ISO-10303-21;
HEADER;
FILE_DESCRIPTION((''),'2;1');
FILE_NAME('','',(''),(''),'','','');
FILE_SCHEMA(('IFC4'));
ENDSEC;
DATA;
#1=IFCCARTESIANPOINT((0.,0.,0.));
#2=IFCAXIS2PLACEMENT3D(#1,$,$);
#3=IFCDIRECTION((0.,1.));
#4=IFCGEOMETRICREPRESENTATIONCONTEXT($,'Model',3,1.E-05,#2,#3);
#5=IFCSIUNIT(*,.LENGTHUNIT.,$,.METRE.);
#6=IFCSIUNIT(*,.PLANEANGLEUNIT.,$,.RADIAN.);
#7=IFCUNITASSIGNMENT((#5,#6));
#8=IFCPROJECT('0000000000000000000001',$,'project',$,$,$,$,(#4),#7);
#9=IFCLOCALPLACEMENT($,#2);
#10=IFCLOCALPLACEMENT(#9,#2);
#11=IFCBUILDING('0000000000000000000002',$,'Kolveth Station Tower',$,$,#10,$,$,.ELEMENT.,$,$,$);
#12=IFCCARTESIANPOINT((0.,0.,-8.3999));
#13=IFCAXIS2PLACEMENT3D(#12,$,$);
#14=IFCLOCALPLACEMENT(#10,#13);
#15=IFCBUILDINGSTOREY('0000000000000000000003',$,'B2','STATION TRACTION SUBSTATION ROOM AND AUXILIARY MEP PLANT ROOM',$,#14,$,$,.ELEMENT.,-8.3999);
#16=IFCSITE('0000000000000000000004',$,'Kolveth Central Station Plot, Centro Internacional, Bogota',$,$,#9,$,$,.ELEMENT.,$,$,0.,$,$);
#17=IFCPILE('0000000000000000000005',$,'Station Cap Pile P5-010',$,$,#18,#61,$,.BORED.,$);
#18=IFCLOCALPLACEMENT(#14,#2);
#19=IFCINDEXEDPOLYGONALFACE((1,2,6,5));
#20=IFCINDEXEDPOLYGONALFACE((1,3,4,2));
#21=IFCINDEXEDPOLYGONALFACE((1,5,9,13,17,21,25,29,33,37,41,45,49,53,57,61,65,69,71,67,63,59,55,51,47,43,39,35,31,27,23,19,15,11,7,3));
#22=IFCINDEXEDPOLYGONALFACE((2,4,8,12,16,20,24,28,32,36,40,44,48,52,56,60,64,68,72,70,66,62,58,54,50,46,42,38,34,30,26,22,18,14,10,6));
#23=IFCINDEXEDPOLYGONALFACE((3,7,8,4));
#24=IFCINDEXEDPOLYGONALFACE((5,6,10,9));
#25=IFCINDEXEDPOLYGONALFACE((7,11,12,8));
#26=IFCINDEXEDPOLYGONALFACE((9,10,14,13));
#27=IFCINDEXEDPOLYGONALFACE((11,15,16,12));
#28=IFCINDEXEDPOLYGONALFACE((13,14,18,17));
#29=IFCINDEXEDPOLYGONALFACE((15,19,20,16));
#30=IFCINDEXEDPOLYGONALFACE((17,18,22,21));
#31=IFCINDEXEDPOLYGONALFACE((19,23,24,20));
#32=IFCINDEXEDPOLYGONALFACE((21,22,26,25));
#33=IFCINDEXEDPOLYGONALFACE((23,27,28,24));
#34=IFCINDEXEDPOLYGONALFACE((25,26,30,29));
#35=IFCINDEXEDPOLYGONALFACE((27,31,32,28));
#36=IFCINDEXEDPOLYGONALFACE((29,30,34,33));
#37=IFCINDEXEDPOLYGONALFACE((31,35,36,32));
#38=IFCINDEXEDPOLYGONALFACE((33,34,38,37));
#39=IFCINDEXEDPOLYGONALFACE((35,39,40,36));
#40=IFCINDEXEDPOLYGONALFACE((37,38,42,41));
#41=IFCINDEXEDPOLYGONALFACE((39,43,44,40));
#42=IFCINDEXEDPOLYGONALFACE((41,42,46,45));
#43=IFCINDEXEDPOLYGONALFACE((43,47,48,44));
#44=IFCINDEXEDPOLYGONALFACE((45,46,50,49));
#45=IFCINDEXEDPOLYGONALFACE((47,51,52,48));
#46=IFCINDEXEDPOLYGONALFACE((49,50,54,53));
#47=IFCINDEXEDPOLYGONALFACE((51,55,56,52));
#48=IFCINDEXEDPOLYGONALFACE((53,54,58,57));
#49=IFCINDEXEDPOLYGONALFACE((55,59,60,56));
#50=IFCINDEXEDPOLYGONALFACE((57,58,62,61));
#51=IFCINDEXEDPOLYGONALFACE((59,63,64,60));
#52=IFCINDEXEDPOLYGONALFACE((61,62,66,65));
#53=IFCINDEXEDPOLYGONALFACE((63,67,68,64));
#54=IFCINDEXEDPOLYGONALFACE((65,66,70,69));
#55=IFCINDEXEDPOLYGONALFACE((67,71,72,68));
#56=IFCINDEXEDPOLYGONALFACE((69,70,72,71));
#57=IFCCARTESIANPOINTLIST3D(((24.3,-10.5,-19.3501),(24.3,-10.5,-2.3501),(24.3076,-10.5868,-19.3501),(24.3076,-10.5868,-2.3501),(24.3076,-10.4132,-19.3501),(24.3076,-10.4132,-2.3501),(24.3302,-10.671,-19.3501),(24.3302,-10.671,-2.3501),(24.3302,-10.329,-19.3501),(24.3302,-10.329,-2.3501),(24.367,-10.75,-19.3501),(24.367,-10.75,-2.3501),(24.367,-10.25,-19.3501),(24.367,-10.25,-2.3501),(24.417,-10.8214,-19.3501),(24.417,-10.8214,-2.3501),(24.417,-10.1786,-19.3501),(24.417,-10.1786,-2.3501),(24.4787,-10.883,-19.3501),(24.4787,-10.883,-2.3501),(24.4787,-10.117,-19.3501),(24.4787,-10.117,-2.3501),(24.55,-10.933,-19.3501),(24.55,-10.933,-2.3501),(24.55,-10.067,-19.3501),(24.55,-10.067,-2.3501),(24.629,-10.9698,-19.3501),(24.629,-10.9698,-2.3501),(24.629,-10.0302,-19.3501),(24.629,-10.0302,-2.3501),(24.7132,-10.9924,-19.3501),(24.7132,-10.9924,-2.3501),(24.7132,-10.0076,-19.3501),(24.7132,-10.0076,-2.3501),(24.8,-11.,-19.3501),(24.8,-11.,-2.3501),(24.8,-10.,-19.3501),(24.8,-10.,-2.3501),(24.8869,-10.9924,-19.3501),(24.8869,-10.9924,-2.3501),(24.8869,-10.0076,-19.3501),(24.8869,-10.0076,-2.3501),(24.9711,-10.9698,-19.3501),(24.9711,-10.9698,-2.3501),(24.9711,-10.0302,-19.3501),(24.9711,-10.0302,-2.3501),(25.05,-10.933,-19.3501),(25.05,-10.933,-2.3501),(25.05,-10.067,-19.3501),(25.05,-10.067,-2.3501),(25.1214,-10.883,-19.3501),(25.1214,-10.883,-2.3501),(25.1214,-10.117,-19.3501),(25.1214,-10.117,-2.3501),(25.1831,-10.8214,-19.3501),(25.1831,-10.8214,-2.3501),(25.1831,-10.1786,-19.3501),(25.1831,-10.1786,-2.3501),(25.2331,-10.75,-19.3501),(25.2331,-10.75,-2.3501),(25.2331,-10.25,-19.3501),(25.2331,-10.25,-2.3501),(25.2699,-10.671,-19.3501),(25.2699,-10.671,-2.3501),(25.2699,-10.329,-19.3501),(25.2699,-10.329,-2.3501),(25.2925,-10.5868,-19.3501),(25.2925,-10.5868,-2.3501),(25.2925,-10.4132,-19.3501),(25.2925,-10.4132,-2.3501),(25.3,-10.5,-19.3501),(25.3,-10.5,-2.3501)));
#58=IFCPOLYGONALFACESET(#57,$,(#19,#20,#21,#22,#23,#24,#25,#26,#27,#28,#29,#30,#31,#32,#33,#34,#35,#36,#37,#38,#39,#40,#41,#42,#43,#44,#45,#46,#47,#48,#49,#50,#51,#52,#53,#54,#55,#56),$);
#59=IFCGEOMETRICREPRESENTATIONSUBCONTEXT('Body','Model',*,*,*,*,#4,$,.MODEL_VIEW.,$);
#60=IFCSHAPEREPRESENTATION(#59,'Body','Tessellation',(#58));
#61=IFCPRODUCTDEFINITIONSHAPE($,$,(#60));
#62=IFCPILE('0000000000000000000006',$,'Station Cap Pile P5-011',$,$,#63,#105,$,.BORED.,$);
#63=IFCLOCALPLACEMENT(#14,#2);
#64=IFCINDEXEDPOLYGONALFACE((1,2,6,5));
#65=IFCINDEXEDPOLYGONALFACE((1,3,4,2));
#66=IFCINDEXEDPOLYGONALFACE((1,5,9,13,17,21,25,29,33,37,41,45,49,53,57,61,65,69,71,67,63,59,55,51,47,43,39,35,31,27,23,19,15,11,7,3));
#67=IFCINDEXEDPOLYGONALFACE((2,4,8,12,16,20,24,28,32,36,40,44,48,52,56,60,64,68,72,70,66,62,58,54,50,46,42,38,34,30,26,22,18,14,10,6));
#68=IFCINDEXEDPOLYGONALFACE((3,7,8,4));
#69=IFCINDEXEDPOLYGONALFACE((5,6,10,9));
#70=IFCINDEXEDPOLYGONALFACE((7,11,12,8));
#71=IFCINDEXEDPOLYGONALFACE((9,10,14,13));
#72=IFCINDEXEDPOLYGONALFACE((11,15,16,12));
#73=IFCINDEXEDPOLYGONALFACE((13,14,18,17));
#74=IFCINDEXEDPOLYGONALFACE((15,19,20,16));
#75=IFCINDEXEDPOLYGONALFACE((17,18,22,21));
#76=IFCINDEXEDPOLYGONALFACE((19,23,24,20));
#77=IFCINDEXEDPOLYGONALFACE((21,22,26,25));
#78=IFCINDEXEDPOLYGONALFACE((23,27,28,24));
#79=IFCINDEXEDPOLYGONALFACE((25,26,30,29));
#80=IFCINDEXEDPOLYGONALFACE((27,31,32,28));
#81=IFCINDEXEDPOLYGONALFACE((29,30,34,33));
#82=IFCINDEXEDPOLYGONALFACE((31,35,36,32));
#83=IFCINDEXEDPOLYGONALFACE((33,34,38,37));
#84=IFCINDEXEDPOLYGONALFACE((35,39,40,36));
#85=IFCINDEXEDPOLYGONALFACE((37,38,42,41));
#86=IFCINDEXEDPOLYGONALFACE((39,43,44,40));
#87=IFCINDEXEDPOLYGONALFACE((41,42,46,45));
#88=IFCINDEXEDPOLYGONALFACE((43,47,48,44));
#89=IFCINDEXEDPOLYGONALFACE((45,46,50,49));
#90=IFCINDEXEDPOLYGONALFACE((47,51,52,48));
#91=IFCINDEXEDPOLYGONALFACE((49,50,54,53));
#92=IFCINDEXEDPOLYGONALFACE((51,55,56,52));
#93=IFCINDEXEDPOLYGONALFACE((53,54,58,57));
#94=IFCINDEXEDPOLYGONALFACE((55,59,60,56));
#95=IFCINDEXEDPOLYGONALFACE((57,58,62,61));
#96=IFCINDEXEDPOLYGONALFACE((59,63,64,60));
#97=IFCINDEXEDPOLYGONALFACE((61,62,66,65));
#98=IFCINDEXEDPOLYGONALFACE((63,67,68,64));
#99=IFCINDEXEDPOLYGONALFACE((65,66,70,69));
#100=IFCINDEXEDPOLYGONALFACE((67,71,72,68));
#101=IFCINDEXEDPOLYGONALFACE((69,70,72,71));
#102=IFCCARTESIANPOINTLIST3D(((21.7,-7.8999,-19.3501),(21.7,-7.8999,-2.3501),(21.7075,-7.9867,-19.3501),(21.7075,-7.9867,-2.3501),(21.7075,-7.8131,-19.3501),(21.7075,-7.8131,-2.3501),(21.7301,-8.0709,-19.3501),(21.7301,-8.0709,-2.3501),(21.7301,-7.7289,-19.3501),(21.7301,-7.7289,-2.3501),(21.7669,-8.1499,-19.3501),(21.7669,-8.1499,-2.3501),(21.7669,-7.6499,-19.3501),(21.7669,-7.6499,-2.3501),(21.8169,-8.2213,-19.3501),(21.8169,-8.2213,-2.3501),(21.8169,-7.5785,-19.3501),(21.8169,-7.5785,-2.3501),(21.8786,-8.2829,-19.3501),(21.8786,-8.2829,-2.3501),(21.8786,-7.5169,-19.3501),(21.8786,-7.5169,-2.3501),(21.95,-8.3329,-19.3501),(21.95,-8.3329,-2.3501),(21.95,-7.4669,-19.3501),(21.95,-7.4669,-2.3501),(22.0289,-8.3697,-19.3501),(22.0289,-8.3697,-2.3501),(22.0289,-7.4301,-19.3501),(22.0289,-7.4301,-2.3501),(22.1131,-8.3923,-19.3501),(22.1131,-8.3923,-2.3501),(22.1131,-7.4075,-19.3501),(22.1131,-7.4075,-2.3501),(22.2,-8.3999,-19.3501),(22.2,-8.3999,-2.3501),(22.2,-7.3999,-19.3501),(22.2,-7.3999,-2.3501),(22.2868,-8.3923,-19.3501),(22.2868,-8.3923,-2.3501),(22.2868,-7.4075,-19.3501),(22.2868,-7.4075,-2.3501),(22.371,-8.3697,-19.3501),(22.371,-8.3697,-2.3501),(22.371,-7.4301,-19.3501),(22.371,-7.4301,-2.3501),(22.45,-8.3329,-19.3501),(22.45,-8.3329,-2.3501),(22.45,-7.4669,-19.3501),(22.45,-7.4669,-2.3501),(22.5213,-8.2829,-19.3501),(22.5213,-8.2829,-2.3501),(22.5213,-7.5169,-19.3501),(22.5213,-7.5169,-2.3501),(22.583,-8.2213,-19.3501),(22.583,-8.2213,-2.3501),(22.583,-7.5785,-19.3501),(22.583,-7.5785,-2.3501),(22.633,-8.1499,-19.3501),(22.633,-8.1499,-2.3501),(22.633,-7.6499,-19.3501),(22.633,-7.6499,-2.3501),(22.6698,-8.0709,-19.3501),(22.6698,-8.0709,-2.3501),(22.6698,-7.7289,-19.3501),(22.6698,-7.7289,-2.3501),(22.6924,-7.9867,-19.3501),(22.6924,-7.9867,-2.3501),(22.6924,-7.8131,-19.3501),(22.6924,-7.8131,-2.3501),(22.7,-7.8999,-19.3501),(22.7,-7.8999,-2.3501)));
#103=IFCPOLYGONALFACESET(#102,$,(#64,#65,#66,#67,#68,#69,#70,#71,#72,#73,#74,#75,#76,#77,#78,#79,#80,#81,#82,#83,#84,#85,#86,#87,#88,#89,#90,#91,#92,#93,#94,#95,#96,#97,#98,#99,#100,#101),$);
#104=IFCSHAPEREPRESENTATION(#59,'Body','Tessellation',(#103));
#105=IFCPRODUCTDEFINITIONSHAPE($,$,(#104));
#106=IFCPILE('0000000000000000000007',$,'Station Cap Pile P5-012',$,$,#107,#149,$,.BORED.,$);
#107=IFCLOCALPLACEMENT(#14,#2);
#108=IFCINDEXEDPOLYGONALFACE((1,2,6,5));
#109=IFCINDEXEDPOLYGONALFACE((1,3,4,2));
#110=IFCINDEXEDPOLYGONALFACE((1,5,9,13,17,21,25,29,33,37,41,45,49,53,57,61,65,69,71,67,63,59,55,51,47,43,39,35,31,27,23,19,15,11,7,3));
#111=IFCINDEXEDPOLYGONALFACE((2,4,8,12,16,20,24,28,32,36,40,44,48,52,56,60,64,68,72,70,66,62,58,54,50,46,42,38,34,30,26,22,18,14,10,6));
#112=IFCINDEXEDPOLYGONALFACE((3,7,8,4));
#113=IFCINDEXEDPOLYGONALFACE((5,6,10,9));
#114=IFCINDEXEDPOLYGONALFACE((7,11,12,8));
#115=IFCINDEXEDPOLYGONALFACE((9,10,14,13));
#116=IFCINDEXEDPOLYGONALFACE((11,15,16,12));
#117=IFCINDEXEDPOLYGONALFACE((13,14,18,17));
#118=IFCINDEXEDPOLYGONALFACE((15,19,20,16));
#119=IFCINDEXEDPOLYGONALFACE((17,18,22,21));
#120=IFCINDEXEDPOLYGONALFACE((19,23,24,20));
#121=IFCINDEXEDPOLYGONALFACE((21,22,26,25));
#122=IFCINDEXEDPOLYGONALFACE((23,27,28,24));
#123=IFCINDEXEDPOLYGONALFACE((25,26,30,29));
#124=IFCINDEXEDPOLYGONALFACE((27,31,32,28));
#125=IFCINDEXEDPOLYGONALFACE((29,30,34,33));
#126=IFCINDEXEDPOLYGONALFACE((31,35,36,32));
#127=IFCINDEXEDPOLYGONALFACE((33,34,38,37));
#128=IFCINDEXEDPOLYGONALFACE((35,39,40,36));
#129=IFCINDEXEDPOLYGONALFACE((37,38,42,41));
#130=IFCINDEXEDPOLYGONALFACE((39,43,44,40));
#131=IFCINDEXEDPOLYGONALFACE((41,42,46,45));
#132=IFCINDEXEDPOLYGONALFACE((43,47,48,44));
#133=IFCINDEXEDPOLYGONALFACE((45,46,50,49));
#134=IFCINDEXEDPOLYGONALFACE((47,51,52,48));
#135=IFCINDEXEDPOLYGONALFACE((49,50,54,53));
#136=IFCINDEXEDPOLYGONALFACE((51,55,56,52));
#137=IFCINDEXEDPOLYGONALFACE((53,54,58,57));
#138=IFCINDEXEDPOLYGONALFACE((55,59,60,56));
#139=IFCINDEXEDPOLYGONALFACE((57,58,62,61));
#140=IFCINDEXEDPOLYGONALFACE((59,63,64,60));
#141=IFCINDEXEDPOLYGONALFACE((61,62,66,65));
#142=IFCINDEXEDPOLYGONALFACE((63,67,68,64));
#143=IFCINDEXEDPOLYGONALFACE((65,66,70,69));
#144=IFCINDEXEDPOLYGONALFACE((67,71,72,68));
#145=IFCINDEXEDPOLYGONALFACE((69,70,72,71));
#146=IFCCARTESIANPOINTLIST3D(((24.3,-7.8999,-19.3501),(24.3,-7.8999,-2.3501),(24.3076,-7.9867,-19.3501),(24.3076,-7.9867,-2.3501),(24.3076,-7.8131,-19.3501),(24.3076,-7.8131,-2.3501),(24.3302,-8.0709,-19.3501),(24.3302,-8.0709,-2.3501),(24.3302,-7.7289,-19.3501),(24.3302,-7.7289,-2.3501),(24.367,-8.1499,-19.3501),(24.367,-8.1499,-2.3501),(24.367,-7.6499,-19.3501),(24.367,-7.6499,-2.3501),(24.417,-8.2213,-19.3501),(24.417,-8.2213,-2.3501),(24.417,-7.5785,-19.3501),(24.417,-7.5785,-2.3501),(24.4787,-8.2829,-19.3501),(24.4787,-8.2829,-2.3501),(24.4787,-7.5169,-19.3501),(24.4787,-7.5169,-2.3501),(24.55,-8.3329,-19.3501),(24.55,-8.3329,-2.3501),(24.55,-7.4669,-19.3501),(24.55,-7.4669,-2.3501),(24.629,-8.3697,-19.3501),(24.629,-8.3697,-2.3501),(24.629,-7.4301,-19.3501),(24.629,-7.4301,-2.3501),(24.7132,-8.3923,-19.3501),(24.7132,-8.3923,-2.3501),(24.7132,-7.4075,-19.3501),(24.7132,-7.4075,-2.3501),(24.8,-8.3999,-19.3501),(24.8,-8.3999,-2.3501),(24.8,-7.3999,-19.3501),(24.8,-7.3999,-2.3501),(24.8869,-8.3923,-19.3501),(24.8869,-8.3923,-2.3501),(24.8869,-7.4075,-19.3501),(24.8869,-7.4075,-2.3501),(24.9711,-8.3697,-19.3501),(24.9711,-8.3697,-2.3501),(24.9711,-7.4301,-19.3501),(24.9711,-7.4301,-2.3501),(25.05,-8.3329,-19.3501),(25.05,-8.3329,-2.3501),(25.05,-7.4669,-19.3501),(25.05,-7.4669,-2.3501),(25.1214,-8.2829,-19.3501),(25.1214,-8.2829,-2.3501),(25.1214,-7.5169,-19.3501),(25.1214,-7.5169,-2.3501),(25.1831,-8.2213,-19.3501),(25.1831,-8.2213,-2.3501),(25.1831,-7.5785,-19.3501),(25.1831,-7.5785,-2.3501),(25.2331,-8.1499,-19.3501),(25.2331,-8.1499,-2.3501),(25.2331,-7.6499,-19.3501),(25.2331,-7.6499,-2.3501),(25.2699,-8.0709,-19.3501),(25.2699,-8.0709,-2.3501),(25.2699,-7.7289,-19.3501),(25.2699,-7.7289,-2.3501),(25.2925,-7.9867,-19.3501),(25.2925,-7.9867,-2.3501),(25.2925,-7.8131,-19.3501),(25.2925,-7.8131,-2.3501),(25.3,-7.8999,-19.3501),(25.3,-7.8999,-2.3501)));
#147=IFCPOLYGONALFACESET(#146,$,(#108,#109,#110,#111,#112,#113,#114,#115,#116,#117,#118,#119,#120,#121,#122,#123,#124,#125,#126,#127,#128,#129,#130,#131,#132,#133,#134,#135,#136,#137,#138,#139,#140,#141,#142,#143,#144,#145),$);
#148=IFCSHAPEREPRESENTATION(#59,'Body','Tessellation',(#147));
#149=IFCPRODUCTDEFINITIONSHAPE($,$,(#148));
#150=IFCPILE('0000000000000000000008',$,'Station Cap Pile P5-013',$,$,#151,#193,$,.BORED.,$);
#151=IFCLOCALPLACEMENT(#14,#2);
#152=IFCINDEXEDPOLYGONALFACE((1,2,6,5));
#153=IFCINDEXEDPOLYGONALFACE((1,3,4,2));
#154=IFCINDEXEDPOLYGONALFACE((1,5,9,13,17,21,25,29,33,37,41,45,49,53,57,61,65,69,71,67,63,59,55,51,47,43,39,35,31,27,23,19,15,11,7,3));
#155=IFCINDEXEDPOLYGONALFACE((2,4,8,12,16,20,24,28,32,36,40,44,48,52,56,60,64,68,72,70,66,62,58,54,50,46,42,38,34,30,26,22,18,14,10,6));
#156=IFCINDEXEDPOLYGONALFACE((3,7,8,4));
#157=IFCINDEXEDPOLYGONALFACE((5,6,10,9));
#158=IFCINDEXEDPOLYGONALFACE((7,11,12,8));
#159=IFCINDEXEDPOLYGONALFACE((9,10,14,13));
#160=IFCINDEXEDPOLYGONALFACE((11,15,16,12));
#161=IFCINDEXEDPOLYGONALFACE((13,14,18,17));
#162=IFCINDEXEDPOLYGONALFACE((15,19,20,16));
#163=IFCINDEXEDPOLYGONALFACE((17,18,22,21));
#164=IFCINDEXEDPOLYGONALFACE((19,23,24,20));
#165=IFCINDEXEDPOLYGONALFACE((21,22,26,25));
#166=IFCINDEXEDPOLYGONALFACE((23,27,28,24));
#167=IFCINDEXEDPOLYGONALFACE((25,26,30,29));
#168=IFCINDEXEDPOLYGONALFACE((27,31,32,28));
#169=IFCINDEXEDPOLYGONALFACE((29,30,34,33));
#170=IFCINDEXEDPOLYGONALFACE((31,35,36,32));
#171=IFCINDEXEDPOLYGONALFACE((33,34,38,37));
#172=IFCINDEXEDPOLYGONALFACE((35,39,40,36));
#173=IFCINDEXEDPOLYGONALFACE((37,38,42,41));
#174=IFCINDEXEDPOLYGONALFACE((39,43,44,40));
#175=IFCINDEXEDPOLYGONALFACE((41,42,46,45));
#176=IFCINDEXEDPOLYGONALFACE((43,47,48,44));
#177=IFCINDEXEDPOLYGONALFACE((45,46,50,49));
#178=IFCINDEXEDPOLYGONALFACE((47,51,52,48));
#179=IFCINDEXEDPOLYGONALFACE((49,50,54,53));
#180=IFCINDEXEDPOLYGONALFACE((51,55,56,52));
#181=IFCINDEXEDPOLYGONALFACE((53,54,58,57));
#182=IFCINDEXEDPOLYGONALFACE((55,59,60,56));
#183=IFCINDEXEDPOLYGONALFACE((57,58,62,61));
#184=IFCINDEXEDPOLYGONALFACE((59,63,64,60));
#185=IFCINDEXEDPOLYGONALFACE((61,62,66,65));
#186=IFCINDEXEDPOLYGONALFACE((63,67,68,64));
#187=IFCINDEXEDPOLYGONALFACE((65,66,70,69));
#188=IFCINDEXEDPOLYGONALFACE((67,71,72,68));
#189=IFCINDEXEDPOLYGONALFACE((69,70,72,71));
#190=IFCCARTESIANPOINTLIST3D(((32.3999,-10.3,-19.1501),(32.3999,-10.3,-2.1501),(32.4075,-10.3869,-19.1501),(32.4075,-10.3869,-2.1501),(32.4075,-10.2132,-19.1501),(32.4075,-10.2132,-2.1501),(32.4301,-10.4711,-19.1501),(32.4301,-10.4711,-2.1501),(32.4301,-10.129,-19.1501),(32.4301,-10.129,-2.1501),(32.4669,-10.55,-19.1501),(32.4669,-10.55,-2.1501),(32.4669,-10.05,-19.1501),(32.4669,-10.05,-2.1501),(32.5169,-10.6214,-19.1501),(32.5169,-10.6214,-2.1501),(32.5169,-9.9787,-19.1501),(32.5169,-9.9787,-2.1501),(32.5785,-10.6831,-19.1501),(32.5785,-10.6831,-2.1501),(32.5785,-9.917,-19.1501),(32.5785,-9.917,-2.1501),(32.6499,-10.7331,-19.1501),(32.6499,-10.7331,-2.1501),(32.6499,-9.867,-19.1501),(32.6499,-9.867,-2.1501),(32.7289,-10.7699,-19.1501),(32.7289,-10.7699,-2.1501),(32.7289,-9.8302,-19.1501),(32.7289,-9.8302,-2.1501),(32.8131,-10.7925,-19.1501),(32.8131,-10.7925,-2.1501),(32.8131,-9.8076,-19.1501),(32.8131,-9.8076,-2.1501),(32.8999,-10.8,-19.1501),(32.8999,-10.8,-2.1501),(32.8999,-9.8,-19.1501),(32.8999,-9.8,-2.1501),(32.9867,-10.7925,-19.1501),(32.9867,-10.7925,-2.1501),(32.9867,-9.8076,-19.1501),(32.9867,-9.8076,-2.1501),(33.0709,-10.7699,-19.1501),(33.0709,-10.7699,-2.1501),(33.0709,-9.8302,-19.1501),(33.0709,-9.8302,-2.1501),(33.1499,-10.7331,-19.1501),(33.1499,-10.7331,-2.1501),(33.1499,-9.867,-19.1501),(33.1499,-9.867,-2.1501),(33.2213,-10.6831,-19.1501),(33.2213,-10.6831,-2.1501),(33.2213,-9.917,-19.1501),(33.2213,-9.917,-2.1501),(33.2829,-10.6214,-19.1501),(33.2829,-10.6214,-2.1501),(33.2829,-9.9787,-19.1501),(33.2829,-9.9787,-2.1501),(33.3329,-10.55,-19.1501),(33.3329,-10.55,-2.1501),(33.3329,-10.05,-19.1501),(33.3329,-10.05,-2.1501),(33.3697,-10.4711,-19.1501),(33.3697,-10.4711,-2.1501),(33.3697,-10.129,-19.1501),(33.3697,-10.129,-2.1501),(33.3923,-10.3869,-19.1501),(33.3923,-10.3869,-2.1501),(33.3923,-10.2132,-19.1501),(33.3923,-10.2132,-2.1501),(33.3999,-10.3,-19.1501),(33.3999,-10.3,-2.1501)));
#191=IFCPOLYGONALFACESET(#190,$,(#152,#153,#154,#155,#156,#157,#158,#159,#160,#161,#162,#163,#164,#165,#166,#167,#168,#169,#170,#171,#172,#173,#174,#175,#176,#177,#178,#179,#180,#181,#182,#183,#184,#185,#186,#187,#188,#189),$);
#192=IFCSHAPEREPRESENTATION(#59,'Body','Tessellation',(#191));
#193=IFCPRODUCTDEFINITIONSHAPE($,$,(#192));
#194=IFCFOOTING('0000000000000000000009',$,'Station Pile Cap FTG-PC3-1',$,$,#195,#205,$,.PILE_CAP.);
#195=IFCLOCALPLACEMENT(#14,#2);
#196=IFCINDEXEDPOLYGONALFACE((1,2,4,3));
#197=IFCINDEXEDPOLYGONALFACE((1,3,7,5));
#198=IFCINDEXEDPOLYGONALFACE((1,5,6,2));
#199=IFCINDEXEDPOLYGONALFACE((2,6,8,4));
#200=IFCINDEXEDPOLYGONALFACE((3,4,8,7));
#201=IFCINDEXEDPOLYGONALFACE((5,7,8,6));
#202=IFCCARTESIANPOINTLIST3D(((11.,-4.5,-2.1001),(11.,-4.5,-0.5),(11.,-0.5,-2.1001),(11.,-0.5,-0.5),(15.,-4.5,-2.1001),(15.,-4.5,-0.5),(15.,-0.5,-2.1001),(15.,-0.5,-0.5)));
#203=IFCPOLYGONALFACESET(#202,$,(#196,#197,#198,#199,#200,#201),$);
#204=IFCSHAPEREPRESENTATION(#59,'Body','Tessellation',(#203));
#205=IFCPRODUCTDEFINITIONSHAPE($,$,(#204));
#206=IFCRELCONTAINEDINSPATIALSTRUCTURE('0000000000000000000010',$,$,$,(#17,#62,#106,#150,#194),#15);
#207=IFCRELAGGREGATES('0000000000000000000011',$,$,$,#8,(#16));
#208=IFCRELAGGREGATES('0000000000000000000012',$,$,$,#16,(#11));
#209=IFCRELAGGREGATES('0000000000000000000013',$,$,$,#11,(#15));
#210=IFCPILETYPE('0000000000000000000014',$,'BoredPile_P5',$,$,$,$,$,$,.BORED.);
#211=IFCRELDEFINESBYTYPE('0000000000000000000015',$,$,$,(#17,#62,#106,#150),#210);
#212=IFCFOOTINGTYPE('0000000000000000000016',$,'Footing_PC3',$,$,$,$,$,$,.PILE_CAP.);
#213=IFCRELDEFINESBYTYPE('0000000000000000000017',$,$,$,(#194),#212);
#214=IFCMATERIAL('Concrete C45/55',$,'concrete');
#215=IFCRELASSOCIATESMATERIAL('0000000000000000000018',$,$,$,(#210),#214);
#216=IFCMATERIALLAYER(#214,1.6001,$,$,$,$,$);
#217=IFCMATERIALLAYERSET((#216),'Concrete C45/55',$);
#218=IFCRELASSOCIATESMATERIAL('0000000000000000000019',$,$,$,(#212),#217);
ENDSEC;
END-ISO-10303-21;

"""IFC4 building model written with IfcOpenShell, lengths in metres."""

from ifc_helpers import new_model, si_unit, direction, frame, origin, origin_2d, place, context, subcontext, project, spatial, rectangle, circle, extrude, source, transform, mapped, material, layer, layer_set, material_profile, profile_set, type_object, element, save


model = new_model("IFC4")

# Units and contexts
model_context = context("Model", 3, precision=1e-05, world=origin(), true_north=direction((0.0, 1.0)))
body_context = subcontext(model_context, "Body", "Model", "MODEL_VIEW")
ifc_project = project(units=[si_unit("LENGTHUNIT", "METRE"), si_unit("PLANEANGLEUNIT", "RADIAN")], contexts=[model_context])

# Site, building, storey
site_placement = place(None, origin())
site = spatial("IfcSite", under=ifc_project, at=site_placement, Name="Kolveth Central Station Plot, Centro Internacional, Bogota", CompositionType="ELEMENT", RefElevation=0.0)
building_placement = place(site_placement, origin())
building = spatial("IfcBuilding", under=site, at=building_placement, Name="Kolveth Station Tower", CompositionType="ELEMENT")
storey_placement = place(building_placement, frame((0.0, 0.0, -8.3999)))
storey = spatial("IfcBuildingStorey", under=building, at=storey_placement, Name="B2", Description="STATION TRACTION SUBSTATION ROOM AND AUXILIARY MEP PLANT ROOM", CompositionType="ELEMENT", Elevation=-8.3999)

# Shared definitions
ifc_material_1 = material(Name="Concrete C45/55", Category="concrete")

# Piles
ifc_material_profile_1 = material_profile(ifc_material_1, circle(Radius=0.5, at=origin_2d()), Name="PILE-D1000")
ifc_profile_set_1 = profile_set([ifc_material_profile_1], Name="Concrete C45/55")
pile_type_1 = type_object("IfcPileType", Name="BoredPile_P5", PredefinedType="BORED", material=ifc_profile_set_1)
shared_shape_1 = source(origin(), body_context, "Body", "SweptSolid", [
    extrude(circle(Radius=0.5, at=origin_2d()), origin(), (0.0, 0.0, 1.0), 17.0),
])
for number, where, z_axis, x_axis, name in (
    (1, (24.8, -10.5, -2.3501), (0.0, 0.0, -1.0), (1.0, 0.0, 0.0), "Station Cap Pile P5-010"),
    (2, (22.2, -7.8999, -2.3501), (0.0, 0.0, -1.0), (1.0, 0.0, 0.0), "Station Cap Pile P5-011"),
    (3, (24.8, -7.8999, -2.3501), (0.0, 0.0, -1.0), (1.0, 0.0, 0.0), "Station Cap Pile P5-012"),
    (4, (32.8999, -10.3, -2.1501), (0.0, 0.0, -1.0), (1.0, 0.0, 0.0), "Station Cap Pile P5-013"),
):
    element("IfcPile", number, at=place(storey_placement, frame(where, z_axis=z_axis, x_axis=x_axis)), inside=storey, type_object=pile_type_1, Name=name, PredefinedType="BORED", context=body_context, shape_type="MappedRepresentation", body=[
        mapped(shared_shape_1, transform((0.0, 0.0, 0.0), x_axis=(1.0, 0.0, 0.0), y_axis=(0.0, 1.0, 0.0), z_axis=(0.0, 0.0, 1.0), scale=1.0)),
    ])

# Footing
ifc_layer_1 = layer(ifc_material_1, 1.6001)
ifc_layer_set_1 = layer_set([ifc_layer_1], Name="Concrete C45/55")
footing_type_1 = type_object("IfcFootingType", Name="Footing_PC3", PredefinedType="PILE_CAP", material=ifc_layer_set_1)
shared_shape_2 = source(origin(), body_context, "Body", "SweptSolid", [
    extrude(rectangle(XDim=4.0, YDim=4.0, at=origin_2d()), origin(), (0.0, 0.0, 1.0), 1.6001),
])
for number, where, z_axis, x_axis, name in (
    (5, (13.0, -2.5, -2.1001), (0.0, 0.0, 1.0), (1.0, 0.0, 0.0), "Station Pile Cap FTG-PC3-1"),
):
    element("IfcFooting", number, at=place(storey_placement, frame(where, z_axis=z_axis, x_axis=x_axis)), inside=storey, type_object=footing_type_1, Name=name, PredefinedType="PILE_CAP", context=body_context, shape_type="MappedRepresentation", body=[
        mapped(shared_shape_2, transform((0.0, 0.0, 0.0), x_axis=(1.0, 0.0, 0.0), y_axis=(0.0, 1.0, 0.0), z_axis=(0.0, 0.0, 1.0), scale=1.0)),
    ])

save(model, "model.ifc")
